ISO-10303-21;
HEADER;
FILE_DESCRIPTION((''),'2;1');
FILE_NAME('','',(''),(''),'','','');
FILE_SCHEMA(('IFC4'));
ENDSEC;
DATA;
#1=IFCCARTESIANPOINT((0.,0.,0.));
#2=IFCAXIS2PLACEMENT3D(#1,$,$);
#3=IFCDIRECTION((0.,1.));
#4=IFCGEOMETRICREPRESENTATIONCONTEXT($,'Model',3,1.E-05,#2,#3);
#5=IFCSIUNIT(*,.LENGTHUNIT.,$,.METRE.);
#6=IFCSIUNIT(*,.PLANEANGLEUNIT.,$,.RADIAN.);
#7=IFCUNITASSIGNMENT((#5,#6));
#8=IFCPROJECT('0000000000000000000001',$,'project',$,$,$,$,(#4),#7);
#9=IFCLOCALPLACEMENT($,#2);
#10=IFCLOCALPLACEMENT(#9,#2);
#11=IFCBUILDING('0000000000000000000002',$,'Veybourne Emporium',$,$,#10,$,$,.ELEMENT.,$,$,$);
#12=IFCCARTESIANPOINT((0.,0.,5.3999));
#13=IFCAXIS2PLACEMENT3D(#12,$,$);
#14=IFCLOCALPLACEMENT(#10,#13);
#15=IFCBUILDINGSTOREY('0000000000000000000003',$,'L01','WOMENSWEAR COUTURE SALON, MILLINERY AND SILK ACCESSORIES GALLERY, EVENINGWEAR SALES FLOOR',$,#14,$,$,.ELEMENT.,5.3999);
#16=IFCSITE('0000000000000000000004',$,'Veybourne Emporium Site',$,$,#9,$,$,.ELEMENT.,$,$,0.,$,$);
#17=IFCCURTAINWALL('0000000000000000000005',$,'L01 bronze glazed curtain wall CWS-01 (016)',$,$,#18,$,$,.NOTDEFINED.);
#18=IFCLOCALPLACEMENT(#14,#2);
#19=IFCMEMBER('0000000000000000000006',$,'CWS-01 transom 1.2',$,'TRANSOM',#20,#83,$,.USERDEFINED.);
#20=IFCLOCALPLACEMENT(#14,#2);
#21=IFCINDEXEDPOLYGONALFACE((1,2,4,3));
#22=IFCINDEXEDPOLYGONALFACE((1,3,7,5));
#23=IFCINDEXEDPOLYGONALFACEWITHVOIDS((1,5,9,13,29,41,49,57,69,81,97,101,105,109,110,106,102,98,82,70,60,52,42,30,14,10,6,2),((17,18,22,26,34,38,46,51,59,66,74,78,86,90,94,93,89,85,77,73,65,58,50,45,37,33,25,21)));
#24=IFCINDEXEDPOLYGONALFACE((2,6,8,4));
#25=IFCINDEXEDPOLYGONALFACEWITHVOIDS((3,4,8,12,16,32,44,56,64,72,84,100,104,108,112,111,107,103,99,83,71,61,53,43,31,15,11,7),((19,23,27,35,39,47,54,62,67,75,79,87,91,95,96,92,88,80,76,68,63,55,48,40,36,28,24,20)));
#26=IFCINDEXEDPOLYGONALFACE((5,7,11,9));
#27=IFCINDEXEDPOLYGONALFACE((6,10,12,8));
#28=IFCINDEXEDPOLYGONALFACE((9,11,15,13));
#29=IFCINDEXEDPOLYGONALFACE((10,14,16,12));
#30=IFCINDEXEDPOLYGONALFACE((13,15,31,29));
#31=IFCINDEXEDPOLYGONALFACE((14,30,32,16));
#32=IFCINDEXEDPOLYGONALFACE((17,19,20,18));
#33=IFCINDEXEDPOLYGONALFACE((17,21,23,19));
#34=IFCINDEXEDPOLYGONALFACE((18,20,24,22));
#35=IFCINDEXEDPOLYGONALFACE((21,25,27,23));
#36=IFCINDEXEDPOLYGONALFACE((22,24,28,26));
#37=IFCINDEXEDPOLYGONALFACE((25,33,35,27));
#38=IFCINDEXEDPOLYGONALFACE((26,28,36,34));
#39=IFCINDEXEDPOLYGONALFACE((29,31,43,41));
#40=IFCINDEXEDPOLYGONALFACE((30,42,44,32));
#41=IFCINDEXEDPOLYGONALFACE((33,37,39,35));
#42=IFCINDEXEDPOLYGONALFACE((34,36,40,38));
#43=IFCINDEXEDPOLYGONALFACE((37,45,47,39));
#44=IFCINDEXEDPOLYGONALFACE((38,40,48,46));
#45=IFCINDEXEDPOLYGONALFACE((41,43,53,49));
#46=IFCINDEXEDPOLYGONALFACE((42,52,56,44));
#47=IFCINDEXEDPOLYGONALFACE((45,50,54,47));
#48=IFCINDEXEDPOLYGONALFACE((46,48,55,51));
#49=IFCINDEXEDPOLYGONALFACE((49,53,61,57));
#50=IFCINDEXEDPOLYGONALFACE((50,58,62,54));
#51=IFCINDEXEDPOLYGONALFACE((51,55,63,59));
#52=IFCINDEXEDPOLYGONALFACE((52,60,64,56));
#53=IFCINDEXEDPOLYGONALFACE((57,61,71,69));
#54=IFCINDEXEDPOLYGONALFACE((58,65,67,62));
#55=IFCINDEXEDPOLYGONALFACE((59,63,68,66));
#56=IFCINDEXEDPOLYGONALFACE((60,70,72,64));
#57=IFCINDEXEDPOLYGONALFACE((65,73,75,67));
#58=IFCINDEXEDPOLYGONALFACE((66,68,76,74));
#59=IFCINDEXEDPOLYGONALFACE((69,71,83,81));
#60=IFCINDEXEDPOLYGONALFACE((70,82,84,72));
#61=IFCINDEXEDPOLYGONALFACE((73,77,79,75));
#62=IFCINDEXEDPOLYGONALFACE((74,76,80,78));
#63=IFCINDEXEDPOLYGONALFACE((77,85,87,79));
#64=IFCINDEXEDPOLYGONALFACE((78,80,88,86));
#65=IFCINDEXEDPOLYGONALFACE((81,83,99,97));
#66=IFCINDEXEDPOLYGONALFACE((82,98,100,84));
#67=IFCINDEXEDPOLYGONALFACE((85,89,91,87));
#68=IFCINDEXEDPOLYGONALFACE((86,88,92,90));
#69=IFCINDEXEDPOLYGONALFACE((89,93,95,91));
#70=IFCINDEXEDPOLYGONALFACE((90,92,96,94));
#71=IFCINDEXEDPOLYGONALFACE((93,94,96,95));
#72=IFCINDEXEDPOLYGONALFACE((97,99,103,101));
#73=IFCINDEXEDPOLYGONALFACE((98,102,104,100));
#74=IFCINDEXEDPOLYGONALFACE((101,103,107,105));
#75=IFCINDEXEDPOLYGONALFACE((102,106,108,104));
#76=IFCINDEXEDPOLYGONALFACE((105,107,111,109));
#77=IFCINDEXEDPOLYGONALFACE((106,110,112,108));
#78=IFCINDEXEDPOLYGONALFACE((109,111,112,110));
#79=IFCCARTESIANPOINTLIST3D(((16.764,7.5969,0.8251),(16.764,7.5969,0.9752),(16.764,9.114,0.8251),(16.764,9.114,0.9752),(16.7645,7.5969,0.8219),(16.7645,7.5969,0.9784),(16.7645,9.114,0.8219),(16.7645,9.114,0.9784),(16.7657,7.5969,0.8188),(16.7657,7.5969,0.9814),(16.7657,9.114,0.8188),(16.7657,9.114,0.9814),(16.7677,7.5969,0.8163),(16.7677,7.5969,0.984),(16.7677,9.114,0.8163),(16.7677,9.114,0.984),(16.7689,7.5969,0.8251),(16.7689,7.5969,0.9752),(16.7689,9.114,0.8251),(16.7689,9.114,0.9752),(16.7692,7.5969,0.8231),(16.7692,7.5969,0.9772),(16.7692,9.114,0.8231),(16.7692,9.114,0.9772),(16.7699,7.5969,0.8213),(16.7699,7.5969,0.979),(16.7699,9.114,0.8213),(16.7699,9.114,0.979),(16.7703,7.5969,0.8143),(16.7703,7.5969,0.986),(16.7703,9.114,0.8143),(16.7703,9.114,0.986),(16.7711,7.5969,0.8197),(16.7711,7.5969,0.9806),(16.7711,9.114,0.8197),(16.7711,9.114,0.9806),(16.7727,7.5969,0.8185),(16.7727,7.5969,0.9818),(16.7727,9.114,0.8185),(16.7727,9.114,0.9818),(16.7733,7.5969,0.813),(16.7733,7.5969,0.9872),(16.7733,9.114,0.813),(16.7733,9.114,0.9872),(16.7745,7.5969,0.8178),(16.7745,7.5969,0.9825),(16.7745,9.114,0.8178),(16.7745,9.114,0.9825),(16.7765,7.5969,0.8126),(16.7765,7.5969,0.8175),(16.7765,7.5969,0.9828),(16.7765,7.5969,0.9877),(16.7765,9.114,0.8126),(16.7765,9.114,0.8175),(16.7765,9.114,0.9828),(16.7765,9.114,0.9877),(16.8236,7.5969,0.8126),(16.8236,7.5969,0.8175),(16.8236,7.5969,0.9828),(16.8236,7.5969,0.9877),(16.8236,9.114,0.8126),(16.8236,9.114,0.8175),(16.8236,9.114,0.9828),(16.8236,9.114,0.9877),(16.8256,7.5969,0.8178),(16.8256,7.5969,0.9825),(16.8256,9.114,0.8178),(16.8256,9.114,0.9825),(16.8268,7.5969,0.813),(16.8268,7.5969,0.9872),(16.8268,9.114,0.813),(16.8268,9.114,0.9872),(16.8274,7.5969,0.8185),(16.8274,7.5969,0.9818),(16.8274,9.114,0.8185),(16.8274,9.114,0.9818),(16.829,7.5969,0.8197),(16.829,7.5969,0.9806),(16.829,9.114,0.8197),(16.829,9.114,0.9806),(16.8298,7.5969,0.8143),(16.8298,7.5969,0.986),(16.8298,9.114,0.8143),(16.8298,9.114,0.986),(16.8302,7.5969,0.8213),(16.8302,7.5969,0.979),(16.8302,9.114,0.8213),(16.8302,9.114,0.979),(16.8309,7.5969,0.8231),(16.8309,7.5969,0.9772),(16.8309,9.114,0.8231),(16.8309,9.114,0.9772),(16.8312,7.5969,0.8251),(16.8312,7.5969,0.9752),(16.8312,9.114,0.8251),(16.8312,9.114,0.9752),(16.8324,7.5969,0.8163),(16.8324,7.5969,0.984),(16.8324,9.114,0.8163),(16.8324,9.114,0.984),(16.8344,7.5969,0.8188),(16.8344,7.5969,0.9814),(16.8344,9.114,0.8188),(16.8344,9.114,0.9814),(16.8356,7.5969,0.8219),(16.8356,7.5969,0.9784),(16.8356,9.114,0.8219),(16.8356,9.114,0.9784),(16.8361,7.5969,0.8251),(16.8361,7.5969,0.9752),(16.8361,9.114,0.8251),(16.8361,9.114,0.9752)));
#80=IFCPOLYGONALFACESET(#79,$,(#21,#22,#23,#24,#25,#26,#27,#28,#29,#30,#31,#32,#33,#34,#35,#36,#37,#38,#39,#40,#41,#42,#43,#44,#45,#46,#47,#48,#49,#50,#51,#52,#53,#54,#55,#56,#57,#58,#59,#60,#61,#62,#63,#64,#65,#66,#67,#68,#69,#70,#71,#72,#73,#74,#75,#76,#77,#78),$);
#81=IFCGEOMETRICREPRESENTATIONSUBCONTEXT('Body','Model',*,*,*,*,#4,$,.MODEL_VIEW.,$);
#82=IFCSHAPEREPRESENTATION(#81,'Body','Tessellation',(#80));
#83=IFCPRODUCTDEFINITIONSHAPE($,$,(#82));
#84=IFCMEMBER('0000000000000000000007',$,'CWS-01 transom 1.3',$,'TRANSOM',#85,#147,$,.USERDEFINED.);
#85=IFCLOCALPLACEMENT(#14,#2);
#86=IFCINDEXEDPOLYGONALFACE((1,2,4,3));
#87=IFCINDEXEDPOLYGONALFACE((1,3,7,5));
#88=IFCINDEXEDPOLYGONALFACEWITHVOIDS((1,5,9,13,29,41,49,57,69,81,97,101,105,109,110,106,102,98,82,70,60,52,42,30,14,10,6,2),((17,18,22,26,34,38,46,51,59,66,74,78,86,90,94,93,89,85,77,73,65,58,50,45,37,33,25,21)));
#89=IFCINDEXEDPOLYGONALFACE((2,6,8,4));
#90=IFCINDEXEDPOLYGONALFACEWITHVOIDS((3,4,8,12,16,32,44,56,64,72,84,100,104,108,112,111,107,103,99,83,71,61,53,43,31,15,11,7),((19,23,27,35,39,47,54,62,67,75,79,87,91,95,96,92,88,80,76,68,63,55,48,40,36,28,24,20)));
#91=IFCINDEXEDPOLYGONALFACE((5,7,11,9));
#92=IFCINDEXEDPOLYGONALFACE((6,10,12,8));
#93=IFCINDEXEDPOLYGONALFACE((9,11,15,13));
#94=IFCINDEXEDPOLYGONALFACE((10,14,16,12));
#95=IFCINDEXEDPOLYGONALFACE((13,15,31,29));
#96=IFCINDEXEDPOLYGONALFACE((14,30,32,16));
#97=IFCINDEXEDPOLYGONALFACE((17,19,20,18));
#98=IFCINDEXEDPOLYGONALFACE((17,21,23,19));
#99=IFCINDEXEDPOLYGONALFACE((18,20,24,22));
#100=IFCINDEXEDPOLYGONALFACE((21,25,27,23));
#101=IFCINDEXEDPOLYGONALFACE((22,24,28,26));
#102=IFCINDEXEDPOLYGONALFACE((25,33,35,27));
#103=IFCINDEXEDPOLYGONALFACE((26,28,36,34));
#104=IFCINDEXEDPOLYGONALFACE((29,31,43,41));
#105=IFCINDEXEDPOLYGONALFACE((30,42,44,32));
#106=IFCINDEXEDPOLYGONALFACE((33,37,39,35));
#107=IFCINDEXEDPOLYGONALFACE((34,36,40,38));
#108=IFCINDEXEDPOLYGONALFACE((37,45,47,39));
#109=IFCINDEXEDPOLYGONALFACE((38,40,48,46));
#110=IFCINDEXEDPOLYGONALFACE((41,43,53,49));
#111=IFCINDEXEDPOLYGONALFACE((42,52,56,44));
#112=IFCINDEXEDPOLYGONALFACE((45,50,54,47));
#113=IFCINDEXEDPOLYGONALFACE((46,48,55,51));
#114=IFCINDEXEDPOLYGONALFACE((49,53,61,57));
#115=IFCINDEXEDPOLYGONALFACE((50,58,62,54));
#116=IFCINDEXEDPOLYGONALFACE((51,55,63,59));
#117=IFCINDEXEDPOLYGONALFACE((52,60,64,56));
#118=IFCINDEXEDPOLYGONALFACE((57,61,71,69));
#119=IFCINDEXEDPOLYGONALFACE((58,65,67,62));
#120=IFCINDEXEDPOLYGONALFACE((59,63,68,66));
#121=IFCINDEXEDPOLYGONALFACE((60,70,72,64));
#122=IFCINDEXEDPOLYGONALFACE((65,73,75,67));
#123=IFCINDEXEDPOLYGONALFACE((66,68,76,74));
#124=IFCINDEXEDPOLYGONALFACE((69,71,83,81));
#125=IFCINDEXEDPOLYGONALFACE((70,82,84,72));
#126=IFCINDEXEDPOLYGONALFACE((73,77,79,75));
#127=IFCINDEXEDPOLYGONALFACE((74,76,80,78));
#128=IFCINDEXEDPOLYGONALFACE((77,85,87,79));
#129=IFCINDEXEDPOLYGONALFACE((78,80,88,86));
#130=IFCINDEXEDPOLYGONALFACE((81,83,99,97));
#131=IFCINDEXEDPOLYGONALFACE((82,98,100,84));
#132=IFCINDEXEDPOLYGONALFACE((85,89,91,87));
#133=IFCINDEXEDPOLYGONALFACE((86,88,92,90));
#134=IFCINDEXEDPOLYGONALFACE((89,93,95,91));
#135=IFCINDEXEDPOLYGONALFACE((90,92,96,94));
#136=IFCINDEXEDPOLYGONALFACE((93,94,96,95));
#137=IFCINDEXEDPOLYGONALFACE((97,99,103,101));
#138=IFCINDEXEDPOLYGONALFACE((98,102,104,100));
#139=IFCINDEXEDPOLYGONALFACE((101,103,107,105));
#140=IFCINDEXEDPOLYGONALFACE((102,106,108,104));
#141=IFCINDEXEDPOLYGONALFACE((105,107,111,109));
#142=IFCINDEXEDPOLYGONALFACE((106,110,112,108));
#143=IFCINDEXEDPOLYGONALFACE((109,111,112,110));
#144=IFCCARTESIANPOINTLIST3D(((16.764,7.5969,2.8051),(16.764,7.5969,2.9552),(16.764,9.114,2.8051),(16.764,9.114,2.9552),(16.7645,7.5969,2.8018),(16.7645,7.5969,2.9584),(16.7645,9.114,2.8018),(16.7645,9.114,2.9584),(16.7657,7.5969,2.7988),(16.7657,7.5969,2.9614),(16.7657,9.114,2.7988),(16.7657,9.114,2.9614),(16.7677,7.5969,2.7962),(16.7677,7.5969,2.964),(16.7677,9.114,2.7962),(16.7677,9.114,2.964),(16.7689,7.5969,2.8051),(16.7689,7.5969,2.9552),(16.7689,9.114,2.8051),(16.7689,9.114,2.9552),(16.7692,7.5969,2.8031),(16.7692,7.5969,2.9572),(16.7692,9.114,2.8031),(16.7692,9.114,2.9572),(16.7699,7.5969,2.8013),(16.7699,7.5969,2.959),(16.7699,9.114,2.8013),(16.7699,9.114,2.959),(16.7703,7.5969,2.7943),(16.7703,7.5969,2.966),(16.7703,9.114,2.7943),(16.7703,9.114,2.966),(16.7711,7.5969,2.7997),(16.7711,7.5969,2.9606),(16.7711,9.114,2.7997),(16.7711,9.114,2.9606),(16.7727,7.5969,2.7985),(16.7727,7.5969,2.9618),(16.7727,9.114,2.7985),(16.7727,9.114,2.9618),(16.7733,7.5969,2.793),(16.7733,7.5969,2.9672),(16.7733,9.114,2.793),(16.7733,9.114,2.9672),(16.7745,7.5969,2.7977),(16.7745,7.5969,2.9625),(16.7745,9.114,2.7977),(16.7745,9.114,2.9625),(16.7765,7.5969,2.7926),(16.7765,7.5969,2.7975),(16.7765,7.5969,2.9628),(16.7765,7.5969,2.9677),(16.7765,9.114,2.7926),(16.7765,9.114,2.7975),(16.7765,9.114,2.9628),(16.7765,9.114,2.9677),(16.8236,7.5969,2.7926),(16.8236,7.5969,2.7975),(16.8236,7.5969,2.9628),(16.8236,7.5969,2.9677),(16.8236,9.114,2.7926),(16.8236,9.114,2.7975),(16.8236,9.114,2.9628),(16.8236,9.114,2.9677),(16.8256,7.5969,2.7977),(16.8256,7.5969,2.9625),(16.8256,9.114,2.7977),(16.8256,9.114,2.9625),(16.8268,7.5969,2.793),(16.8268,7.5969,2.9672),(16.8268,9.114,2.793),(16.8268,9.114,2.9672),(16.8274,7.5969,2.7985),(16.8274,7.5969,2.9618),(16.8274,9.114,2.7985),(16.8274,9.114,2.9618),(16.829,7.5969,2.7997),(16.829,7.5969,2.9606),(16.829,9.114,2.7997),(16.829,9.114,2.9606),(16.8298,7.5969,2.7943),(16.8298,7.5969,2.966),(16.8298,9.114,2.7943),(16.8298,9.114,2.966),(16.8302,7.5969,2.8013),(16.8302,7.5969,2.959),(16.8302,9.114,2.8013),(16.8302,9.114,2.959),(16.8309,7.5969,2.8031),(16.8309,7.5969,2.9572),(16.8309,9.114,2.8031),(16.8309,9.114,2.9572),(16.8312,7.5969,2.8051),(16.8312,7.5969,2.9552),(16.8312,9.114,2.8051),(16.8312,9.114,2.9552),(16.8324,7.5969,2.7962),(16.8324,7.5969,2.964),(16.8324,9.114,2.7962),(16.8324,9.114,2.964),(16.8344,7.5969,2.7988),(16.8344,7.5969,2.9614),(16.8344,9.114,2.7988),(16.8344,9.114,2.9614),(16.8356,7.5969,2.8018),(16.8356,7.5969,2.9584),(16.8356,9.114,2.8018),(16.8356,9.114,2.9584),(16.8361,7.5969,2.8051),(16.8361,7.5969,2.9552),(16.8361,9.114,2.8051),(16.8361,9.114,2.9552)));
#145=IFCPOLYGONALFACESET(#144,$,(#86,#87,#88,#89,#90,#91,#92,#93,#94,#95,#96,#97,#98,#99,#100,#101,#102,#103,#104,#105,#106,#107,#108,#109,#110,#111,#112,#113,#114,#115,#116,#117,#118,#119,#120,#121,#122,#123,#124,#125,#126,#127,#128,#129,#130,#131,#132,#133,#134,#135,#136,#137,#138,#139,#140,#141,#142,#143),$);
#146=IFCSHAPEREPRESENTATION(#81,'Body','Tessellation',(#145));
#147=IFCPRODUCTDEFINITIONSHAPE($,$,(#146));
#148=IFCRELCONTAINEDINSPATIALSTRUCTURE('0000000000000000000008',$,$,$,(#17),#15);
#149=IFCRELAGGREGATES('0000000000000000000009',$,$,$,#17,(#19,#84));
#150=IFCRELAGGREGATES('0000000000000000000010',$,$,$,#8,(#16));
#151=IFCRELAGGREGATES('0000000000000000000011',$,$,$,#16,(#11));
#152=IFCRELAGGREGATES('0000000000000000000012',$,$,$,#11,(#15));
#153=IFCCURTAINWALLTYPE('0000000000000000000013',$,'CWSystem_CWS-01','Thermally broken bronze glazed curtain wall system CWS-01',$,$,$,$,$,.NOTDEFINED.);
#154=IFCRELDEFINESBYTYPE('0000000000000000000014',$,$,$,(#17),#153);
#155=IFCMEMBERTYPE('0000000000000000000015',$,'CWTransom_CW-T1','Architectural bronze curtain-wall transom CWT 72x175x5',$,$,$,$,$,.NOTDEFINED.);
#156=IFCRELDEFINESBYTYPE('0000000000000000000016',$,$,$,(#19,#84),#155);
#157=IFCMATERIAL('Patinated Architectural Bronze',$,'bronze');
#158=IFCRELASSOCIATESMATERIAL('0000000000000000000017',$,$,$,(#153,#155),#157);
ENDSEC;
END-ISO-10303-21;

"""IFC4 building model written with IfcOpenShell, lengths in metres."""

from ifc_helpers import new_model, si_unit, direction, frame, origin, origin_2d, place, context, subcontext, project, spatial, hollow_rectangle, extrude, material, material_profile, profile_set, type_object, element, aggregate, save


model = new_model("IFC4")

# Units and contexts
model_context = context("Model", 3, precision=1e-05, world=origin(), true_north=direction((0.0, 1.0)))
body_context = subcontext(model_context, "Body", "Model", "MODEL_VIEW")
ifc_project = project(units=[si_unit("LENGTHUNIT", "METRE"), si_unit("PLANEANGLEUNIT", "RADIAN")], contexts=[model_context])

# Site, building, storey
site_placement = place(None, origin())
site = spatial("IfcSite", under=ifc_project, at=site_placement, Name="Veybourne Emporium Site", CompositionType="ELEMENT", RefElevation=0.0)
building_placement = place(site_placement, origin())
building = spatial("IfcBuilding", under=site, at=building_placement, Name="Veybourne Emporium", CompositionType="ELEMENT")
storey_placement = place(building_placement, frame((0.0, 0.0, 5.3999)))
storey = spatial("IfcBuildingStorey", under=building, at=storey_placement, Name="L01", Description="WOMENSWEAR COUTURE SALON, MILLINERY AND SILK ACCESSORIES GALLERY, EVENINGWEAR SALES FLOOR", CompositionType="ELEMENT", Elevation=5.3999)

# Curtain wall
ifc_material_1 = material(Name="Patinated Architectural Bronze", Category="bronze")
curtain_wall_type_1 = type_object("IfcCurtainWallType", Name="CWSystem_CWS-01", Description="Thermally broken bronze glazed curtain wall system CWS-01", PredefinedType="NOTDEFINED", material=ifc_material_1)
curtain_wall_1_placement = place(storey_placement, origin())
curtain_wall_1 = element("IfcCurtainWall", 1, at=curtain_wall_1_placement, inside=storey, type_object=curtain_wall_type_1, Name="L01 bronze glazed curtain wall CWS-01 (016)", PredefinedType="NOTDEFINED")

# Members
ifc_material_profile_1 = material_profile(ifc_material_1, hollow_rectangle(XDim=0.072, YDim=0.175, WallThickness=0.0049, InnerFilletRadius=0.0076, OuterFilletRadius=0.0125, at=origin_2d()), Name="CWT 72x175x5")
ifc_profile_set_1 = profile_set([ifc_material_profile_1], Name="Patinated Architectural Bronze")
member_type_1 = type_object("IfcMemberType", Name="CWTransom_CW-T1", Description="Architectural bronze curtain-wall transom CWT 72x175x5", PredefinedType="NOTDEFINED", material=ifc_profile_set_1)
member_1_placement = place(storey_placement, frame((16.8, 7.5969, 0.9001), z_axis=(0.0, 1.0, 0.0), x_axis=(-1.0, 0.0, 0.0)))
member_1 = element("IfcMember", 2, at=member_1_placement, type_object=member_type_1, Name="CWS-01 transom 1.2", ObjectType="TRANSOM", PredefinedType="USERDEFINED", context=body_context, shape_type="SweptSolid", body=[
    extrude(hollow_rectangle(XDim=0.072, YDim=0.175, WallThickness=0.0049, InnerFilletRadius=0.0076, OuterFilletRadius=0.0125, at=origin_2d()), origin(), (0.0, 0.0, 1.0), 1.5171),
])
member_2_placement = place(storey_placement, frame((16.8, 7.5969, 2.8801), z_axis=(0.0, 1.0, 0.0), x_axis=(-1.0, 0.0, 0.0)))
member_2 = element("IfcMember", 3, at=member_2_placement, type_object=member_type_1, Name="CWS-01 transom 1.3", ObjectType="TRANSOM", PredefinedType="USERDEFINED", context=body_context, shape_type="SweptSolid", body=[
    extrude(hollow_rectangle(XDim=0.072, YDim=0.175, WallThickness=0.0049, InnerFilletRadius=0.0076, OuterFilletRadius=0.0125, at=origin_2d()), origin(), (0.0, 0.0, 1.0), 1.5171),
])

aggregate(curtain_wall_1, [member_1, member_2])

save(model, "model.ifc")
